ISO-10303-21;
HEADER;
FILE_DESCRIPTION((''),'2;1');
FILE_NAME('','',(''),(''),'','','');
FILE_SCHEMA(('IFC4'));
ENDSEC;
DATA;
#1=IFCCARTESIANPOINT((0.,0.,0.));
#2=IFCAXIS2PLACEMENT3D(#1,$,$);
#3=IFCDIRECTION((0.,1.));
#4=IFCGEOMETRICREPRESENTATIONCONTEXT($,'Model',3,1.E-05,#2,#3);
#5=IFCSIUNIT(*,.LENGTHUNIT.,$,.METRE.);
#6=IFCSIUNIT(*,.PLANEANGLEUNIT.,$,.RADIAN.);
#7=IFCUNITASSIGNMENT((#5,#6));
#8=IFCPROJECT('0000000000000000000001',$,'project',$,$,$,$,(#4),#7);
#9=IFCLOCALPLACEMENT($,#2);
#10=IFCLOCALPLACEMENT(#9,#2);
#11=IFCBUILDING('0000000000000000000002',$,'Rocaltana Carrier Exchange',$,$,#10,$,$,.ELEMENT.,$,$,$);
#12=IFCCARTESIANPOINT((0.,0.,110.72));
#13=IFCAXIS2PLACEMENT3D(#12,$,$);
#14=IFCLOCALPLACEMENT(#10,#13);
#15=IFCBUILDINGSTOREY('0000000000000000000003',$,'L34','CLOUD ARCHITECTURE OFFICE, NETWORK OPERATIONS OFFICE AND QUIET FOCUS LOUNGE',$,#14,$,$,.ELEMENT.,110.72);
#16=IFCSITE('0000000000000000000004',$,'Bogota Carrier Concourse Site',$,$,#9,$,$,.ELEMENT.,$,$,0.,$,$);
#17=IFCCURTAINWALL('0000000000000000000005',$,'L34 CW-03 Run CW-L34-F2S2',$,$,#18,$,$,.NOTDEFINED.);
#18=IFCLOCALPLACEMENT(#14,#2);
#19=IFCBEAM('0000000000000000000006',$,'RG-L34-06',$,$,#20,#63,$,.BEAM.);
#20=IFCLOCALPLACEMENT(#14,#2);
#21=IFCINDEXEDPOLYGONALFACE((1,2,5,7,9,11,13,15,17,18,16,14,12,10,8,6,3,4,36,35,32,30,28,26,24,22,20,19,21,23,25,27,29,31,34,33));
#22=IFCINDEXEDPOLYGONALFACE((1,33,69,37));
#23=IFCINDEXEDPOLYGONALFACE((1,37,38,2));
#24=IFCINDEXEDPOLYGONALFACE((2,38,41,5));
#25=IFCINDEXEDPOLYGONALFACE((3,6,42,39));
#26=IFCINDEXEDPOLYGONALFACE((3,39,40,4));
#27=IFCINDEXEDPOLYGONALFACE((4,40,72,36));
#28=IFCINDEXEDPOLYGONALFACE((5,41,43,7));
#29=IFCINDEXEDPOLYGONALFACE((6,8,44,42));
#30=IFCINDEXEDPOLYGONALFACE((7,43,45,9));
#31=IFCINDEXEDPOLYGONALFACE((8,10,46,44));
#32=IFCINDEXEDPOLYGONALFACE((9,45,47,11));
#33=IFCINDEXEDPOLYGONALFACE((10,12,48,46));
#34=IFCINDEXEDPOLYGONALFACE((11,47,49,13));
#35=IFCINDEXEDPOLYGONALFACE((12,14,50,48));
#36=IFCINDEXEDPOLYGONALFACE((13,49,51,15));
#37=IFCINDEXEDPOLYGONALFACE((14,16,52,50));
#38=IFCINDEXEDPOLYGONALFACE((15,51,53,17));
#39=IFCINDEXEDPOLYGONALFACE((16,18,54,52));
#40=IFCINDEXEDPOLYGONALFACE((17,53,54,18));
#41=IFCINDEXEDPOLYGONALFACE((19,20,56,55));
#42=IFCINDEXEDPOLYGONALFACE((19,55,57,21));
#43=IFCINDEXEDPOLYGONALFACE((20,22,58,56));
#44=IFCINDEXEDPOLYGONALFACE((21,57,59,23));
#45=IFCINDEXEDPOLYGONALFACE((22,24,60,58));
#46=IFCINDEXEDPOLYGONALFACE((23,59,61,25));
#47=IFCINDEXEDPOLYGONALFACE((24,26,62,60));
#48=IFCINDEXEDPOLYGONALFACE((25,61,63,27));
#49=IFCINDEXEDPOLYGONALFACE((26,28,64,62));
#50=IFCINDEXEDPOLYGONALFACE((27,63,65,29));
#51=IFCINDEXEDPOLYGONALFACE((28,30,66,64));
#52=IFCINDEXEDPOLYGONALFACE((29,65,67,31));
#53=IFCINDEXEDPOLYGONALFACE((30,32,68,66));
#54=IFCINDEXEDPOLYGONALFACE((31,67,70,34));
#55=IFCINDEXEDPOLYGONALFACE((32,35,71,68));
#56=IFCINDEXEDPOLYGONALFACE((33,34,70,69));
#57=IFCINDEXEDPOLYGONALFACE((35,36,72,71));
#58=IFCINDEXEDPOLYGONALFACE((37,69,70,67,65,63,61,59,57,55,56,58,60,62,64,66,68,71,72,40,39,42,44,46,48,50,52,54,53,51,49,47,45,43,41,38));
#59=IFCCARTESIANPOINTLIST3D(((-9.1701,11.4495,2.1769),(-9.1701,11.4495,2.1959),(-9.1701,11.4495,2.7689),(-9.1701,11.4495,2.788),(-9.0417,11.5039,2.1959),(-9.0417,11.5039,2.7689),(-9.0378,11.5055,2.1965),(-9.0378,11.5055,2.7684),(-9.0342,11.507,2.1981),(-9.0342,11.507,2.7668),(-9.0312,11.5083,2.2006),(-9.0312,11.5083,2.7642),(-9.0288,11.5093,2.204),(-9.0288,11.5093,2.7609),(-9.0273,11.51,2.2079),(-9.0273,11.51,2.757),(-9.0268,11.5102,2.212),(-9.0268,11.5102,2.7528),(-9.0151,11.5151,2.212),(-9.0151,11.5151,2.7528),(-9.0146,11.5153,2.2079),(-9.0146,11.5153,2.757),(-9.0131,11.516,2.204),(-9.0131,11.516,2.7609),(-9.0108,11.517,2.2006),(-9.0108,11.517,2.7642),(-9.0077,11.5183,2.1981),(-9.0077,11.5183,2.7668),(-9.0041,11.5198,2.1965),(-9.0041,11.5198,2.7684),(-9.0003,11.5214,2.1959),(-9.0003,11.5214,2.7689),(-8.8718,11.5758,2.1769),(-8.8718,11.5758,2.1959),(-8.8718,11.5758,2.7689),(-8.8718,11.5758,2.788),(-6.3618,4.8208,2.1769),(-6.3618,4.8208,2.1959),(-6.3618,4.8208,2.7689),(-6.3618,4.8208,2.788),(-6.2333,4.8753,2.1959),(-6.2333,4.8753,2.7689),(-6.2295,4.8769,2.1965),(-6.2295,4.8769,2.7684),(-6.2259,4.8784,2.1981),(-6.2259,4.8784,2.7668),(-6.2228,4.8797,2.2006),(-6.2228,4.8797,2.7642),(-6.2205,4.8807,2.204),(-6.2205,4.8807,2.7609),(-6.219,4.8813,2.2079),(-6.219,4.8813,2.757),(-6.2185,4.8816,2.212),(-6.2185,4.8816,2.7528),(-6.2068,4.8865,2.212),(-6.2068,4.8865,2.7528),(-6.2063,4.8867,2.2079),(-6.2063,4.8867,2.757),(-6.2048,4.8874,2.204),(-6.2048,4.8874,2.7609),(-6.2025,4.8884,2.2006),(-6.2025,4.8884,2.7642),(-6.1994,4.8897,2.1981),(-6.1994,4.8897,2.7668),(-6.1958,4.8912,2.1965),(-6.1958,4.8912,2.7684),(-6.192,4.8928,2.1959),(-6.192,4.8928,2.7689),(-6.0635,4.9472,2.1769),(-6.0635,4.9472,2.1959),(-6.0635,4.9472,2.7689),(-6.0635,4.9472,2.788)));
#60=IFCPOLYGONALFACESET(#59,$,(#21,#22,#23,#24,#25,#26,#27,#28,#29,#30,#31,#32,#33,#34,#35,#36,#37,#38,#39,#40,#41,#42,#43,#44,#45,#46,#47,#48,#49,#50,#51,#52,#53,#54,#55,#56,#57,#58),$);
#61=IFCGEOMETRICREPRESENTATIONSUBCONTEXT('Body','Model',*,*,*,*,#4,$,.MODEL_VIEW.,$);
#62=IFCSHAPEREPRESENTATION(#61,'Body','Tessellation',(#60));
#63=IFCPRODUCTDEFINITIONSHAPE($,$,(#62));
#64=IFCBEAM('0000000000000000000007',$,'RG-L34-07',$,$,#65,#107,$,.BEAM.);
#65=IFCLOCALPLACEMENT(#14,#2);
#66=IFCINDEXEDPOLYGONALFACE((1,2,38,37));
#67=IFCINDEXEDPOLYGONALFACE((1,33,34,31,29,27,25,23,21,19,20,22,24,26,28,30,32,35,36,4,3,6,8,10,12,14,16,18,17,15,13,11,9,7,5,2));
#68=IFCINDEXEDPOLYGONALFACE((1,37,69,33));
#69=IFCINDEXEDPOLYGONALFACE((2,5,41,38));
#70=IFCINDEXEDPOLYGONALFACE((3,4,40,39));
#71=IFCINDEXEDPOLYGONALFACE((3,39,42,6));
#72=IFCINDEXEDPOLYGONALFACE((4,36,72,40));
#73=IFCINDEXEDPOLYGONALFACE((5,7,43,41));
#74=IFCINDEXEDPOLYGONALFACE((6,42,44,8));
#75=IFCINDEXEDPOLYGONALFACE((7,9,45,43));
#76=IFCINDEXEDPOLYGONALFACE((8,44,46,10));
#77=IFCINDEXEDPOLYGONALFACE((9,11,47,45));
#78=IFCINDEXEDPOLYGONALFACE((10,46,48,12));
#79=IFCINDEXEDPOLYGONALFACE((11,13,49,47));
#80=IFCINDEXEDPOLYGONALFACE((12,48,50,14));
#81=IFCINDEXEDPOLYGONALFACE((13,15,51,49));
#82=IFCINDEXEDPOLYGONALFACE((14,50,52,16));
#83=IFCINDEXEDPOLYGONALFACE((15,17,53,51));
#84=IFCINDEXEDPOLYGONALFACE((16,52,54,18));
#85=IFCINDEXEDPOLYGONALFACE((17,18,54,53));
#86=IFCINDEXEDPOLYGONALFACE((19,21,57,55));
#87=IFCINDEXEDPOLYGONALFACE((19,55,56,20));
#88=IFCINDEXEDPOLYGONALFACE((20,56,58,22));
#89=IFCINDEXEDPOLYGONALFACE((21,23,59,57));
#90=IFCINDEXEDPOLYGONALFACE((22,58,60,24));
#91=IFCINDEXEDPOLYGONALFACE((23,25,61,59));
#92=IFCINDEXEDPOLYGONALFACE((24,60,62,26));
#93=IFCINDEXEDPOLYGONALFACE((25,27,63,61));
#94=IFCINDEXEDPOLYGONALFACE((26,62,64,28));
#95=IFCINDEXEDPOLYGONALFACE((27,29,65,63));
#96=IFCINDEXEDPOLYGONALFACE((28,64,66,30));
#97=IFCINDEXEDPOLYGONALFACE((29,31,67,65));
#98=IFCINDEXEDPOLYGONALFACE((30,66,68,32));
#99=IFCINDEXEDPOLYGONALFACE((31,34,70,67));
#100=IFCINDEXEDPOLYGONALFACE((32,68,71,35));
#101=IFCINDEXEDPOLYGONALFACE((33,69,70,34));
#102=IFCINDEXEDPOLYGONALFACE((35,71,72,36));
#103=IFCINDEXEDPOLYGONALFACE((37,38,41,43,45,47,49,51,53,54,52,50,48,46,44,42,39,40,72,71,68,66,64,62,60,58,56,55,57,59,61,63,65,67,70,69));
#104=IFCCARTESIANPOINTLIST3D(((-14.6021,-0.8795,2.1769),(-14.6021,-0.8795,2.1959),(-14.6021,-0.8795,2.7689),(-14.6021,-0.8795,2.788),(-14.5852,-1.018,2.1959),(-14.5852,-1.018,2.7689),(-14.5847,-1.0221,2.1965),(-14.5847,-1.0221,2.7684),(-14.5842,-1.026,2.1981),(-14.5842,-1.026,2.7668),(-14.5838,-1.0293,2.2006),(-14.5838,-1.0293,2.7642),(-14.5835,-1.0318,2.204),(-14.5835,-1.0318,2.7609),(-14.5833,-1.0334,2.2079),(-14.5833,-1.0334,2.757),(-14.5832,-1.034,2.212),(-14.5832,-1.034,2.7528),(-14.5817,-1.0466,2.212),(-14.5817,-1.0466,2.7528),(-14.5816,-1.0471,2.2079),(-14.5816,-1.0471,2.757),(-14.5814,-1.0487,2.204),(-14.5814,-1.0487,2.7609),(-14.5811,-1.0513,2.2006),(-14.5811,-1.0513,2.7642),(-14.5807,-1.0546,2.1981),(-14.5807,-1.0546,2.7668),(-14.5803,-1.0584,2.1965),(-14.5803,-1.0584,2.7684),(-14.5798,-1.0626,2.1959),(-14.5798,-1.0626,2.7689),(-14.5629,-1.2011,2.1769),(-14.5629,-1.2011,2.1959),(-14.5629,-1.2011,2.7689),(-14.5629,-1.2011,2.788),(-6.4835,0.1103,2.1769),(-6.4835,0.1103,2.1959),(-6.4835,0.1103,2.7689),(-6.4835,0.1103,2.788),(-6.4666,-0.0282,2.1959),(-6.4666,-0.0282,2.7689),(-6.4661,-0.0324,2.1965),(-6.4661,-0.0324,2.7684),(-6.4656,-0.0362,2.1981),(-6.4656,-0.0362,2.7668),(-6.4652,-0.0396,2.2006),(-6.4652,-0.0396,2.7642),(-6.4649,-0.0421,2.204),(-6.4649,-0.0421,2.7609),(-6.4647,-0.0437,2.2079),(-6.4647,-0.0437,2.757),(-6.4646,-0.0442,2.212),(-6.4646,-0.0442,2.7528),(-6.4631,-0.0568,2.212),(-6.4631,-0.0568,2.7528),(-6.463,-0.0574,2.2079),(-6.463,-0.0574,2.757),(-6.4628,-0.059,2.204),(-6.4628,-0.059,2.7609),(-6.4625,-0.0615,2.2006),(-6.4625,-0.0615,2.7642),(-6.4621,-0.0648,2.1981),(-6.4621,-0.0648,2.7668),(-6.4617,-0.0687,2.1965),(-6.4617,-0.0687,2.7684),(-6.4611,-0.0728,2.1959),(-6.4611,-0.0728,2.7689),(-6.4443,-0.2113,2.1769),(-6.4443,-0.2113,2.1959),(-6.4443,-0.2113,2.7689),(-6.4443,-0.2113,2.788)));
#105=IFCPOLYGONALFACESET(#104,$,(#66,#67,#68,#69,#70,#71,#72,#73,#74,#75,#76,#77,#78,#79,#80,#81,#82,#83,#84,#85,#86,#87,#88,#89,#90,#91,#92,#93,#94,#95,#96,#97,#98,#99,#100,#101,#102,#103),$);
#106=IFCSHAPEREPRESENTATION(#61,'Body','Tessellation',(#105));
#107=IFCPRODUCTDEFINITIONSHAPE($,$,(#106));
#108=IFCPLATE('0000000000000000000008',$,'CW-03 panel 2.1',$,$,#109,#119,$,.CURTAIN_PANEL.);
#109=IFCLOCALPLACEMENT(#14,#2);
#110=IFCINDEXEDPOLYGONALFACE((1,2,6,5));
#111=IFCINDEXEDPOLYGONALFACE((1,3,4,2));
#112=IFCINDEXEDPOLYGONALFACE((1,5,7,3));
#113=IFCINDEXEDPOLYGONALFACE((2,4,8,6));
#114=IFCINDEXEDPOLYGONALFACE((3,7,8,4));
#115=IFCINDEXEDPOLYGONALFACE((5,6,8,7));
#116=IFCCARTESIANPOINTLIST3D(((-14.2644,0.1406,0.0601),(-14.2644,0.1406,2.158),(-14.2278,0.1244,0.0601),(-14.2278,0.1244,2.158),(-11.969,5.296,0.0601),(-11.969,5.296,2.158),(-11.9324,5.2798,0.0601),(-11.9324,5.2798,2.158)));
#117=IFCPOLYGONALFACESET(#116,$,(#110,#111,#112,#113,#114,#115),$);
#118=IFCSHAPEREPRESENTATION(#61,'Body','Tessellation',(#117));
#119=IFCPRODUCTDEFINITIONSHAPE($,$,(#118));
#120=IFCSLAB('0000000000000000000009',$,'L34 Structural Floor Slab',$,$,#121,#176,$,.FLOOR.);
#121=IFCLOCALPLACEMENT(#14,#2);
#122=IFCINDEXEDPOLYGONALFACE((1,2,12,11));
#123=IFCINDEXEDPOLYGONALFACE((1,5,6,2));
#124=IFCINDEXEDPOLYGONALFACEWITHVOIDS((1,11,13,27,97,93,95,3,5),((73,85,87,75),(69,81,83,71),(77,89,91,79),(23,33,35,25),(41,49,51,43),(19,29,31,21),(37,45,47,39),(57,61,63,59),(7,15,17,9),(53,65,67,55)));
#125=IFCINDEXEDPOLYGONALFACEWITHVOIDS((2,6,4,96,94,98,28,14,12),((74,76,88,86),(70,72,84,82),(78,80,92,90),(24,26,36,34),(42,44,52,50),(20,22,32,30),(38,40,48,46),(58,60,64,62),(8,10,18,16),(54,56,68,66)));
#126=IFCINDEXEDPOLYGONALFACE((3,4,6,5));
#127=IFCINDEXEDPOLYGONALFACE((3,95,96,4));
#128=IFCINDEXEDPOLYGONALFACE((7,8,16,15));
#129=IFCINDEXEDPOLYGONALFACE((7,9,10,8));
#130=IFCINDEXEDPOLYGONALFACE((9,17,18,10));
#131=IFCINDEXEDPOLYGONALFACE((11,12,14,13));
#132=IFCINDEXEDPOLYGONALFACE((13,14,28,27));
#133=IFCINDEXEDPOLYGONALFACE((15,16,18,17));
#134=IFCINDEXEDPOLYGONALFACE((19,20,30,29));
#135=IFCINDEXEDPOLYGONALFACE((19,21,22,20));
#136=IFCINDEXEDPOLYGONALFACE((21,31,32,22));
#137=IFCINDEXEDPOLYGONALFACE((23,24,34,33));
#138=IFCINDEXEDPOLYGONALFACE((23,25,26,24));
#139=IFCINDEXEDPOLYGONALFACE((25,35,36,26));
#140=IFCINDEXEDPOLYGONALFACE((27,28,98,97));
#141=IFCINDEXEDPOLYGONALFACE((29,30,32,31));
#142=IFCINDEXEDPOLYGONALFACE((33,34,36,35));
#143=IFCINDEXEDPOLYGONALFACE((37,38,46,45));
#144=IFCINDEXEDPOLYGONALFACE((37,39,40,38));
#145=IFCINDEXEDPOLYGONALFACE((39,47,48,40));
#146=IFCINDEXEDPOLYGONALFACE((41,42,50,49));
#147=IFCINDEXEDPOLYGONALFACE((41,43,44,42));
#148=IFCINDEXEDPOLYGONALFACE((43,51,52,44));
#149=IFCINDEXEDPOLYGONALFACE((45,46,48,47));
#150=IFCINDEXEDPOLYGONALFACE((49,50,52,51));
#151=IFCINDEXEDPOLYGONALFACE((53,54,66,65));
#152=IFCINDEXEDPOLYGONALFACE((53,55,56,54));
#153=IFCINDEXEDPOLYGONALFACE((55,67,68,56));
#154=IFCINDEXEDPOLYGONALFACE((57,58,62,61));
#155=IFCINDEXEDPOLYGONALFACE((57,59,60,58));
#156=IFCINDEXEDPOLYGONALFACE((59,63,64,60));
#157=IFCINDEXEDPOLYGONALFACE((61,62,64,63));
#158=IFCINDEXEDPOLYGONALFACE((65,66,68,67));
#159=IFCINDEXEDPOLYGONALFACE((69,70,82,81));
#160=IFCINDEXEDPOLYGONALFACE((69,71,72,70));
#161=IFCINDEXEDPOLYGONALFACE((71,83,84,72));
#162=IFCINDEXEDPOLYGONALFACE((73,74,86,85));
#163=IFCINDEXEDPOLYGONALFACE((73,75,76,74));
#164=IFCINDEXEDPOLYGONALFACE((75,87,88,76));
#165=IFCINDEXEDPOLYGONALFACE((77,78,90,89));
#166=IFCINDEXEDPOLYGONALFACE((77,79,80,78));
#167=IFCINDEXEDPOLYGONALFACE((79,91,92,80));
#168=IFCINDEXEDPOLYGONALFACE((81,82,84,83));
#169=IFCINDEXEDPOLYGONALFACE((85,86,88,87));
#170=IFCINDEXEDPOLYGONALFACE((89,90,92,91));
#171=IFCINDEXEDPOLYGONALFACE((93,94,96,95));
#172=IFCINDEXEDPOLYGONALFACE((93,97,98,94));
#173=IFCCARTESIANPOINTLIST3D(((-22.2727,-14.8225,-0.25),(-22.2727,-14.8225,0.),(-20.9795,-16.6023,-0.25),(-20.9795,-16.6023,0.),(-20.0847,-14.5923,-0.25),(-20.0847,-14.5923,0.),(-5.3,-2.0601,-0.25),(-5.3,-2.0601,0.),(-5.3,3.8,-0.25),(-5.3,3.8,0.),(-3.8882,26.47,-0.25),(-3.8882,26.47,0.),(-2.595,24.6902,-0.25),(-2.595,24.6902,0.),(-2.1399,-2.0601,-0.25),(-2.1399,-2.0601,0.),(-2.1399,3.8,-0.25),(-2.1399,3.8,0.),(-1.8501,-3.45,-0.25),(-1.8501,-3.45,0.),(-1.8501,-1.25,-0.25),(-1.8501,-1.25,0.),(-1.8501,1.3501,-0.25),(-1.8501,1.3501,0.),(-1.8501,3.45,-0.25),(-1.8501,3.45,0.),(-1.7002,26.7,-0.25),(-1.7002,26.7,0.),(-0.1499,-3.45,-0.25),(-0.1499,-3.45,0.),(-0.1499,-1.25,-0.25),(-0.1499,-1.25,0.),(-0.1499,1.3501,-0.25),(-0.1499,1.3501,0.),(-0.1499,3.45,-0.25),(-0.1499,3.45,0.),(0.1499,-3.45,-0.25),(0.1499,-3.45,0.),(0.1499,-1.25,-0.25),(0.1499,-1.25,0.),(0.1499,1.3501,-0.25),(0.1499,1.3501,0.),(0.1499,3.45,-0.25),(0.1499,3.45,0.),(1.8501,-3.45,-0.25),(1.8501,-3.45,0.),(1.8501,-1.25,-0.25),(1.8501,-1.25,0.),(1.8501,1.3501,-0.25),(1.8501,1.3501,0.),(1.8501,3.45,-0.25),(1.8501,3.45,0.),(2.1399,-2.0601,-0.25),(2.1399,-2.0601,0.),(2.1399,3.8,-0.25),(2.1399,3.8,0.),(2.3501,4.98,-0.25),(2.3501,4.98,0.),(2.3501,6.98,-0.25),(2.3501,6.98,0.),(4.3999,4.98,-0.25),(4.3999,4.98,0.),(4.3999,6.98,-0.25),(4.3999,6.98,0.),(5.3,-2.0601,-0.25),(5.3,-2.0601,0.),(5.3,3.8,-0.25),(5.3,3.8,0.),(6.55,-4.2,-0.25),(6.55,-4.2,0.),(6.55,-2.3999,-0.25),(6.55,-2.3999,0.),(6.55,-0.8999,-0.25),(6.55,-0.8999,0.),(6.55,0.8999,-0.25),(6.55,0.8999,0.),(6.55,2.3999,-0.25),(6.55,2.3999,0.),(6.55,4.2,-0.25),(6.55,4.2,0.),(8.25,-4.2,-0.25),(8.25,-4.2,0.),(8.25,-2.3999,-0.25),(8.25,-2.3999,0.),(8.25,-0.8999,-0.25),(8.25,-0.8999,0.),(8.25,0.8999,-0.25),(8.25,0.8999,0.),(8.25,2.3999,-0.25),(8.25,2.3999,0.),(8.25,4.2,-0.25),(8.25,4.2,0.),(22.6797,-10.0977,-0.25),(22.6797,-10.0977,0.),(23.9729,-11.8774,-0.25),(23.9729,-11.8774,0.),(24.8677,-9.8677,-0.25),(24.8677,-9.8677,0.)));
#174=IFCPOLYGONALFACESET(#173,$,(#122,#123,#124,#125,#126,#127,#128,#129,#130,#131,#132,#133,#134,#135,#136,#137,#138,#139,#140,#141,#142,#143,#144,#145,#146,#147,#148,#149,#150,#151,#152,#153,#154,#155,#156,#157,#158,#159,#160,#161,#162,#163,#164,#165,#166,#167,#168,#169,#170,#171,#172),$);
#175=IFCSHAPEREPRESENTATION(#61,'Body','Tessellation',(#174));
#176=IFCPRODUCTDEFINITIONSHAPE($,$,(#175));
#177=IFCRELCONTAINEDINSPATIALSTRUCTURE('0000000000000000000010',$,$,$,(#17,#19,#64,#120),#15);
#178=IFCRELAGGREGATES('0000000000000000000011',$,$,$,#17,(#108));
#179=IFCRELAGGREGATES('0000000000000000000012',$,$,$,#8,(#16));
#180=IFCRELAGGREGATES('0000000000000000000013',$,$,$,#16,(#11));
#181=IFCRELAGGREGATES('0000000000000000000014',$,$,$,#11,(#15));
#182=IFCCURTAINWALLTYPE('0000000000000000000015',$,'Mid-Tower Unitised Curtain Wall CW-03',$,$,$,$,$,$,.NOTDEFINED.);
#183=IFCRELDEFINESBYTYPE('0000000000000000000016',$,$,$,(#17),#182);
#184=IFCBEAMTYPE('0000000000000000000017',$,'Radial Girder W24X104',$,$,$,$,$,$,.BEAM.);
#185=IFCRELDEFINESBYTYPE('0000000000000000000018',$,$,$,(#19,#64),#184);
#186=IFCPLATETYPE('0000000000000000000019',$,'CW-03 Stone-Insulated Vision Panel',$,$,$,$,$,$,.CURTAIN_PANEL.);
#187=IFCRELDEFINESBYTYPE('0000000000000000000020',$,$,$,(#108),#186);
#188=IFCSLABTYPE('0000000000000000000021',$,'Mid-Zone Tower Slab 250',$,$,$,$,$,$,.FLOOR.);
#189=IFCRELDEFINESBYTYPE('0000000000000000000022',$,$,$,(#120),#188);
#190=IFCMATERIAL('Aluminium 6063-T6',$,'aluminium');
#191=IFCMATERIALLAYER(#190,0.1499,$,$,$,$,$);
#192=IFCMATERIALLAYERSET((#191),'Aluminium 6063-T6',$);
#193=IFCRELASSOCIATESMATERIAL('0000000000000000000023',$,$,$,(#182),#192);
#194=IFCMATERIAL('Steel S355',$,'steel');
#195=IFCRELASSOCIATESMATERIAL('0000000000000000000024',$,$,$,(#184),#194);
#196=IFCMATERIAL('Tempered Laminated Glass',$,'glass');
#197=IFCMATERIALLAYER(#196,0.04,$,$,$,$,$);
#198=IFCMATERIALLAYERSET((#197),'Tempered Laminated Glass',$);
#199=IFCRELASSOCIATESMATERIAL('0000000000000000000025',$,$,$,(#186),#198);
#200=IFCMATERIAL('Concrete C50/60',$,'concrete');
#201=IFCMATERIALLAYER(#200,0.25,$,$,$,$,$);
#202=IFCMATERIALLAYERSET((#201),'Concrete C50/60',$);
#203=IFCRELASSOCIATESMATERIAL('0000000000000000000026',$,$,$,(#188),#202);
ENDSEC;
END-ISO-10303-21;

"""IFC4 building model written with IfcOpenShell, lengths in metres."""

from ifc_helpers import new_model, si_unit, direction, frame, origin, origin_2d, place, context, subcontext, project, spatial, polyline, rectangle, i_section, outline, extrude, material, layer, layer_set, material_profile, profile_set, type_object, element, aggregate, save


model = new_model("IFC4")

# Units and contexts
model_context = context("Model", 3, precision=1e-05, world=origin(), true_north=direction((0.0, 1.0)))
body_context = subcontext(model_context, "Body", "Model", "MODEL_VIEW")
ifc_project = project(units=[si_unit("LENGTHUNIT", "METRE"), si_unit("PLANEANGLEUNIT", "RADIAN")], contexts=[model_context])

# Site, building, storey
site_placement = place(None, origin())
site = spatial("IfcSite", under=ifc_project, at=site_placement, Name="Bogota Carrier Concourse Site", CompositionType="ELEMENT", RefElevation=0.0)
building_placement = place(site_placement, origin())
building = spatial("IfcBuilding", under=site, at=building_placement, Name="Rocaltana Carrier Exchange", CompositionType="ELEMENT")
storey_placement = place(building_placement, frame((0.0, 0.0, 110.72)))
storey = spatial("IfcBuildingStorey", under=building, at=storey_placement, Name="L34", Description="CLOUD ARCHITECTURE OFFICE, NETWORK OPERATIONS OFFICE AND QUIET FOCUS LOUNGE", CompositionType="ELEMENT", Elevation=110.72)

# Curtain wall
ifc_material_1 = material(Name="Aluminium 6063-T6", Category="aluminium")
ifc_layer_1 = layer(ifc_material_1, 0.1499)
ifc_layer_set_1 = layer_set([ifc_layer_1], Name="Aluminium 6063-T6")
curtain_wall_type = type_object("IfcCurtainWallType", Name="Mid-Tower Unitised Curtain Wall CW-03", PredefinedType="NOTDEFINED", material=ifc_layer_set_1)
curtain_wall_placement = place(storey_placement, origin())
curtain_wall = element("IfcCurtainWall", 1, at=curtain_wall_placement, inside=storey, type_object=curtain_wall_type, Name="L34 CW-03 Run CW-L34-F2S2", PredefinedType="NOTDEFINED")

# Beams
ifc_material_2 = material(Name="Steel S355", Category="steel")
ifc_material_profile_1 = material_profile(ifc_material_2, i_section(OverallWidth=0.324, OverallDepth=0.6111, WebThickness=0.0127, FlangeThickness=0.019, FilletRadius=0.0161, at=origin_2d()), Name="W24X104")
ifc_profile_set_1 = profile_set([ifc_material_profile_1], Name="Steel S355")
beam_type_1 = type_object("IfcBeamType", Name="Radial Girder W24X104", PredefinedType="BEAM", material=ifc_profile_set_1)
beam_1_placement = place(storey_placement, frame((-6.2126, 4.884, 2.4824), z_axis=(-0.390101, 0.920772, 0.0), x_axis=(-0.920772, -0.390101, 0.0)))
element("IfcBeam", 2, at=beam_1_placement, inside=storey, type_object=beam_type_1, Name="RG-L34-06", PredefinedType="BEAM", context=body_context, shape_type="SweptSolid", body=[
    extrude(i_section(OverallWidth=0.324, OverallDepth=0.6111, WebThickness=0.0127, FlangeThickness=0.019, FilletRadius=0.0161, at=origin_2d()), origin(), (0.0, 0.0, 1.0), 7.199),
])
beam_2_placement = place(storey_placement, frame((-6.4639, -0.0505, 2.4824), z_axis=(-0.992651, -0.121014, 0.0), x_axis=(0.121014, -0.992651, 0.0)))
element("IfcBeam", 3, at=beam_2_placement, inside=storey, type_object=beam_type_1, Name="RG-L34-07", PredefinedType="BEAM", context=body_context, shape_type="SweptSolid", body=[
    extrude(i_section(OverallWidth=0.324, OverallDepth=0.6111, WebThickness=0.0127, FlangeThickness=0.019, FilletRadius=0.0161, at=origin_2d()), origin(), (0.0, 0.0, 1.0), 8.1787),
])

# Plate
ifc_material_3 = material(Name="Tempered Laminated Glass", Category="glass")
ifc_layer_2 = layer(ifc_material_3, 0.04)
ifc_layer_set_2 = layer_set([ifc_layer_2], Name="Tempered Laminated Glass")
plate_type = type_object("IfcPlateType", Name="CW-03 Stone-Insulated Vision Panel", PredefinedType="CURTAIN_PANEL", material=ifc_layer_set_2)
plate_placement = place(storey_placement, frame((-13.0984, 2.7102, 0.0601), z_axis=(0.0, 0.0, 1.0), x_axis=(-0.406744, -0.913542, 0.0)))
plate = element("IfcPlate", 4, at=plate_placement, type_object=plate_type, Name="CW-03 panel 2.1", PredefinedType="CURTAIN_PANEL", context=body_context, shape_type="SweptSolid", body=[
    extrude(rectangle(XDim=5.6433, YDim=0.04, at=origin_2d()), origin(), (0.0, 0.0, 1.0), 2.0979),
])
aggregate(curtain_wall, [plate])

# Slab
ifc_material_4 = material(Name="Concrete C50/60", Category="concrete")
ifc_layer_3 = layer(ifc_material_4, 0.25)
ifc_layer_set_3 = layer_set([ifc_layer_3], Name="Concrete C50/60")
slab_type_1 = type_object("IfcSlabType", Name="Mid-Zone Tower Slab 250", PredefinedType="FLOOR", material=ifc_layer_set_3)
slab_1_placement = place(storey_placement, frame((0.0, 0.0, -0.25)))
element("IfcSlab", 5, at=slab_1_placement, inside=storey, type_object=slab_type_1, Name="L34 Structural Floor Slab", PredefinedType="FLOOR", context=body_context, shape_type="SweptSolid", body=[
    extrude(outline(polyline([(23.9729, -11.8774), (22.6797, -10.0977), (24.8677, -9.8677), (-1.7002, 26.7), (-2.595, 24.6902), (-3.8882, 26.47), (-22.2727, -14.8225), (-20.0847, -14.5923), (-20.9795, -16.6023), (23.9729, -11.8774)]), holes=[polyline([(-5.3, -2.0601), (-2.1399, -2.0601), (-2.1399, 3.8), (-5.3, 3.8), (-5.3, -2.0601)]), polyline([(2.1399, -2.0601), (5.3, -2.0601), (5.3, 3.8), (2.1399, 3.8), (2.1399, -2.0601)]), polyline([(-1.8501, -3.45), (-0.1499, -3.45), (-0.1499, -1.25), (-1.8501, -1.25), (-1.8501, -3.45)]), polyline([(0.1499, -3.45), (1.8501, -3.45), (1.8501, -1.25), (0.1499, -1.25), (0.1499, -3.45)]), polyline([(2.3501, 4.98), (4.3999, 4.98), (4.3999, 6.98), (2.3501, 6.98), (2.3501, 4.98)]), polyline([(-1.8501, 1.3501), (-0.1499, 1.3501), (-0.1499, 3.45), (-1.8501, 3.45), (-1.8501, 1.3501)]), polyline([(0.1499, 1.3501), (1.8501, 1.3501), (1.8501, 3.45), (0.1499, 3.45), (0.1499, 1.3501)]), polyline([(6.55, -4.2), (8.25, -4.2), (8.25, -2.3999), (6.55, -2.3999), (6.55, -4.2)]), polyline([(6.55, -0.8999), (8.25, -0.8999), (8.25, 0.8999), (6.55, 0.8999), (6.55, -0.8999)]), polyline([(6.55, 2.3999), (8.25, 2.3999), (8.25, 4.2), (6.55, 4.2), (6.55, 2.3999)])]), origin(), (0.0, 0.0, 1.0), 0.25),
])

save(model, "model.ifc")
